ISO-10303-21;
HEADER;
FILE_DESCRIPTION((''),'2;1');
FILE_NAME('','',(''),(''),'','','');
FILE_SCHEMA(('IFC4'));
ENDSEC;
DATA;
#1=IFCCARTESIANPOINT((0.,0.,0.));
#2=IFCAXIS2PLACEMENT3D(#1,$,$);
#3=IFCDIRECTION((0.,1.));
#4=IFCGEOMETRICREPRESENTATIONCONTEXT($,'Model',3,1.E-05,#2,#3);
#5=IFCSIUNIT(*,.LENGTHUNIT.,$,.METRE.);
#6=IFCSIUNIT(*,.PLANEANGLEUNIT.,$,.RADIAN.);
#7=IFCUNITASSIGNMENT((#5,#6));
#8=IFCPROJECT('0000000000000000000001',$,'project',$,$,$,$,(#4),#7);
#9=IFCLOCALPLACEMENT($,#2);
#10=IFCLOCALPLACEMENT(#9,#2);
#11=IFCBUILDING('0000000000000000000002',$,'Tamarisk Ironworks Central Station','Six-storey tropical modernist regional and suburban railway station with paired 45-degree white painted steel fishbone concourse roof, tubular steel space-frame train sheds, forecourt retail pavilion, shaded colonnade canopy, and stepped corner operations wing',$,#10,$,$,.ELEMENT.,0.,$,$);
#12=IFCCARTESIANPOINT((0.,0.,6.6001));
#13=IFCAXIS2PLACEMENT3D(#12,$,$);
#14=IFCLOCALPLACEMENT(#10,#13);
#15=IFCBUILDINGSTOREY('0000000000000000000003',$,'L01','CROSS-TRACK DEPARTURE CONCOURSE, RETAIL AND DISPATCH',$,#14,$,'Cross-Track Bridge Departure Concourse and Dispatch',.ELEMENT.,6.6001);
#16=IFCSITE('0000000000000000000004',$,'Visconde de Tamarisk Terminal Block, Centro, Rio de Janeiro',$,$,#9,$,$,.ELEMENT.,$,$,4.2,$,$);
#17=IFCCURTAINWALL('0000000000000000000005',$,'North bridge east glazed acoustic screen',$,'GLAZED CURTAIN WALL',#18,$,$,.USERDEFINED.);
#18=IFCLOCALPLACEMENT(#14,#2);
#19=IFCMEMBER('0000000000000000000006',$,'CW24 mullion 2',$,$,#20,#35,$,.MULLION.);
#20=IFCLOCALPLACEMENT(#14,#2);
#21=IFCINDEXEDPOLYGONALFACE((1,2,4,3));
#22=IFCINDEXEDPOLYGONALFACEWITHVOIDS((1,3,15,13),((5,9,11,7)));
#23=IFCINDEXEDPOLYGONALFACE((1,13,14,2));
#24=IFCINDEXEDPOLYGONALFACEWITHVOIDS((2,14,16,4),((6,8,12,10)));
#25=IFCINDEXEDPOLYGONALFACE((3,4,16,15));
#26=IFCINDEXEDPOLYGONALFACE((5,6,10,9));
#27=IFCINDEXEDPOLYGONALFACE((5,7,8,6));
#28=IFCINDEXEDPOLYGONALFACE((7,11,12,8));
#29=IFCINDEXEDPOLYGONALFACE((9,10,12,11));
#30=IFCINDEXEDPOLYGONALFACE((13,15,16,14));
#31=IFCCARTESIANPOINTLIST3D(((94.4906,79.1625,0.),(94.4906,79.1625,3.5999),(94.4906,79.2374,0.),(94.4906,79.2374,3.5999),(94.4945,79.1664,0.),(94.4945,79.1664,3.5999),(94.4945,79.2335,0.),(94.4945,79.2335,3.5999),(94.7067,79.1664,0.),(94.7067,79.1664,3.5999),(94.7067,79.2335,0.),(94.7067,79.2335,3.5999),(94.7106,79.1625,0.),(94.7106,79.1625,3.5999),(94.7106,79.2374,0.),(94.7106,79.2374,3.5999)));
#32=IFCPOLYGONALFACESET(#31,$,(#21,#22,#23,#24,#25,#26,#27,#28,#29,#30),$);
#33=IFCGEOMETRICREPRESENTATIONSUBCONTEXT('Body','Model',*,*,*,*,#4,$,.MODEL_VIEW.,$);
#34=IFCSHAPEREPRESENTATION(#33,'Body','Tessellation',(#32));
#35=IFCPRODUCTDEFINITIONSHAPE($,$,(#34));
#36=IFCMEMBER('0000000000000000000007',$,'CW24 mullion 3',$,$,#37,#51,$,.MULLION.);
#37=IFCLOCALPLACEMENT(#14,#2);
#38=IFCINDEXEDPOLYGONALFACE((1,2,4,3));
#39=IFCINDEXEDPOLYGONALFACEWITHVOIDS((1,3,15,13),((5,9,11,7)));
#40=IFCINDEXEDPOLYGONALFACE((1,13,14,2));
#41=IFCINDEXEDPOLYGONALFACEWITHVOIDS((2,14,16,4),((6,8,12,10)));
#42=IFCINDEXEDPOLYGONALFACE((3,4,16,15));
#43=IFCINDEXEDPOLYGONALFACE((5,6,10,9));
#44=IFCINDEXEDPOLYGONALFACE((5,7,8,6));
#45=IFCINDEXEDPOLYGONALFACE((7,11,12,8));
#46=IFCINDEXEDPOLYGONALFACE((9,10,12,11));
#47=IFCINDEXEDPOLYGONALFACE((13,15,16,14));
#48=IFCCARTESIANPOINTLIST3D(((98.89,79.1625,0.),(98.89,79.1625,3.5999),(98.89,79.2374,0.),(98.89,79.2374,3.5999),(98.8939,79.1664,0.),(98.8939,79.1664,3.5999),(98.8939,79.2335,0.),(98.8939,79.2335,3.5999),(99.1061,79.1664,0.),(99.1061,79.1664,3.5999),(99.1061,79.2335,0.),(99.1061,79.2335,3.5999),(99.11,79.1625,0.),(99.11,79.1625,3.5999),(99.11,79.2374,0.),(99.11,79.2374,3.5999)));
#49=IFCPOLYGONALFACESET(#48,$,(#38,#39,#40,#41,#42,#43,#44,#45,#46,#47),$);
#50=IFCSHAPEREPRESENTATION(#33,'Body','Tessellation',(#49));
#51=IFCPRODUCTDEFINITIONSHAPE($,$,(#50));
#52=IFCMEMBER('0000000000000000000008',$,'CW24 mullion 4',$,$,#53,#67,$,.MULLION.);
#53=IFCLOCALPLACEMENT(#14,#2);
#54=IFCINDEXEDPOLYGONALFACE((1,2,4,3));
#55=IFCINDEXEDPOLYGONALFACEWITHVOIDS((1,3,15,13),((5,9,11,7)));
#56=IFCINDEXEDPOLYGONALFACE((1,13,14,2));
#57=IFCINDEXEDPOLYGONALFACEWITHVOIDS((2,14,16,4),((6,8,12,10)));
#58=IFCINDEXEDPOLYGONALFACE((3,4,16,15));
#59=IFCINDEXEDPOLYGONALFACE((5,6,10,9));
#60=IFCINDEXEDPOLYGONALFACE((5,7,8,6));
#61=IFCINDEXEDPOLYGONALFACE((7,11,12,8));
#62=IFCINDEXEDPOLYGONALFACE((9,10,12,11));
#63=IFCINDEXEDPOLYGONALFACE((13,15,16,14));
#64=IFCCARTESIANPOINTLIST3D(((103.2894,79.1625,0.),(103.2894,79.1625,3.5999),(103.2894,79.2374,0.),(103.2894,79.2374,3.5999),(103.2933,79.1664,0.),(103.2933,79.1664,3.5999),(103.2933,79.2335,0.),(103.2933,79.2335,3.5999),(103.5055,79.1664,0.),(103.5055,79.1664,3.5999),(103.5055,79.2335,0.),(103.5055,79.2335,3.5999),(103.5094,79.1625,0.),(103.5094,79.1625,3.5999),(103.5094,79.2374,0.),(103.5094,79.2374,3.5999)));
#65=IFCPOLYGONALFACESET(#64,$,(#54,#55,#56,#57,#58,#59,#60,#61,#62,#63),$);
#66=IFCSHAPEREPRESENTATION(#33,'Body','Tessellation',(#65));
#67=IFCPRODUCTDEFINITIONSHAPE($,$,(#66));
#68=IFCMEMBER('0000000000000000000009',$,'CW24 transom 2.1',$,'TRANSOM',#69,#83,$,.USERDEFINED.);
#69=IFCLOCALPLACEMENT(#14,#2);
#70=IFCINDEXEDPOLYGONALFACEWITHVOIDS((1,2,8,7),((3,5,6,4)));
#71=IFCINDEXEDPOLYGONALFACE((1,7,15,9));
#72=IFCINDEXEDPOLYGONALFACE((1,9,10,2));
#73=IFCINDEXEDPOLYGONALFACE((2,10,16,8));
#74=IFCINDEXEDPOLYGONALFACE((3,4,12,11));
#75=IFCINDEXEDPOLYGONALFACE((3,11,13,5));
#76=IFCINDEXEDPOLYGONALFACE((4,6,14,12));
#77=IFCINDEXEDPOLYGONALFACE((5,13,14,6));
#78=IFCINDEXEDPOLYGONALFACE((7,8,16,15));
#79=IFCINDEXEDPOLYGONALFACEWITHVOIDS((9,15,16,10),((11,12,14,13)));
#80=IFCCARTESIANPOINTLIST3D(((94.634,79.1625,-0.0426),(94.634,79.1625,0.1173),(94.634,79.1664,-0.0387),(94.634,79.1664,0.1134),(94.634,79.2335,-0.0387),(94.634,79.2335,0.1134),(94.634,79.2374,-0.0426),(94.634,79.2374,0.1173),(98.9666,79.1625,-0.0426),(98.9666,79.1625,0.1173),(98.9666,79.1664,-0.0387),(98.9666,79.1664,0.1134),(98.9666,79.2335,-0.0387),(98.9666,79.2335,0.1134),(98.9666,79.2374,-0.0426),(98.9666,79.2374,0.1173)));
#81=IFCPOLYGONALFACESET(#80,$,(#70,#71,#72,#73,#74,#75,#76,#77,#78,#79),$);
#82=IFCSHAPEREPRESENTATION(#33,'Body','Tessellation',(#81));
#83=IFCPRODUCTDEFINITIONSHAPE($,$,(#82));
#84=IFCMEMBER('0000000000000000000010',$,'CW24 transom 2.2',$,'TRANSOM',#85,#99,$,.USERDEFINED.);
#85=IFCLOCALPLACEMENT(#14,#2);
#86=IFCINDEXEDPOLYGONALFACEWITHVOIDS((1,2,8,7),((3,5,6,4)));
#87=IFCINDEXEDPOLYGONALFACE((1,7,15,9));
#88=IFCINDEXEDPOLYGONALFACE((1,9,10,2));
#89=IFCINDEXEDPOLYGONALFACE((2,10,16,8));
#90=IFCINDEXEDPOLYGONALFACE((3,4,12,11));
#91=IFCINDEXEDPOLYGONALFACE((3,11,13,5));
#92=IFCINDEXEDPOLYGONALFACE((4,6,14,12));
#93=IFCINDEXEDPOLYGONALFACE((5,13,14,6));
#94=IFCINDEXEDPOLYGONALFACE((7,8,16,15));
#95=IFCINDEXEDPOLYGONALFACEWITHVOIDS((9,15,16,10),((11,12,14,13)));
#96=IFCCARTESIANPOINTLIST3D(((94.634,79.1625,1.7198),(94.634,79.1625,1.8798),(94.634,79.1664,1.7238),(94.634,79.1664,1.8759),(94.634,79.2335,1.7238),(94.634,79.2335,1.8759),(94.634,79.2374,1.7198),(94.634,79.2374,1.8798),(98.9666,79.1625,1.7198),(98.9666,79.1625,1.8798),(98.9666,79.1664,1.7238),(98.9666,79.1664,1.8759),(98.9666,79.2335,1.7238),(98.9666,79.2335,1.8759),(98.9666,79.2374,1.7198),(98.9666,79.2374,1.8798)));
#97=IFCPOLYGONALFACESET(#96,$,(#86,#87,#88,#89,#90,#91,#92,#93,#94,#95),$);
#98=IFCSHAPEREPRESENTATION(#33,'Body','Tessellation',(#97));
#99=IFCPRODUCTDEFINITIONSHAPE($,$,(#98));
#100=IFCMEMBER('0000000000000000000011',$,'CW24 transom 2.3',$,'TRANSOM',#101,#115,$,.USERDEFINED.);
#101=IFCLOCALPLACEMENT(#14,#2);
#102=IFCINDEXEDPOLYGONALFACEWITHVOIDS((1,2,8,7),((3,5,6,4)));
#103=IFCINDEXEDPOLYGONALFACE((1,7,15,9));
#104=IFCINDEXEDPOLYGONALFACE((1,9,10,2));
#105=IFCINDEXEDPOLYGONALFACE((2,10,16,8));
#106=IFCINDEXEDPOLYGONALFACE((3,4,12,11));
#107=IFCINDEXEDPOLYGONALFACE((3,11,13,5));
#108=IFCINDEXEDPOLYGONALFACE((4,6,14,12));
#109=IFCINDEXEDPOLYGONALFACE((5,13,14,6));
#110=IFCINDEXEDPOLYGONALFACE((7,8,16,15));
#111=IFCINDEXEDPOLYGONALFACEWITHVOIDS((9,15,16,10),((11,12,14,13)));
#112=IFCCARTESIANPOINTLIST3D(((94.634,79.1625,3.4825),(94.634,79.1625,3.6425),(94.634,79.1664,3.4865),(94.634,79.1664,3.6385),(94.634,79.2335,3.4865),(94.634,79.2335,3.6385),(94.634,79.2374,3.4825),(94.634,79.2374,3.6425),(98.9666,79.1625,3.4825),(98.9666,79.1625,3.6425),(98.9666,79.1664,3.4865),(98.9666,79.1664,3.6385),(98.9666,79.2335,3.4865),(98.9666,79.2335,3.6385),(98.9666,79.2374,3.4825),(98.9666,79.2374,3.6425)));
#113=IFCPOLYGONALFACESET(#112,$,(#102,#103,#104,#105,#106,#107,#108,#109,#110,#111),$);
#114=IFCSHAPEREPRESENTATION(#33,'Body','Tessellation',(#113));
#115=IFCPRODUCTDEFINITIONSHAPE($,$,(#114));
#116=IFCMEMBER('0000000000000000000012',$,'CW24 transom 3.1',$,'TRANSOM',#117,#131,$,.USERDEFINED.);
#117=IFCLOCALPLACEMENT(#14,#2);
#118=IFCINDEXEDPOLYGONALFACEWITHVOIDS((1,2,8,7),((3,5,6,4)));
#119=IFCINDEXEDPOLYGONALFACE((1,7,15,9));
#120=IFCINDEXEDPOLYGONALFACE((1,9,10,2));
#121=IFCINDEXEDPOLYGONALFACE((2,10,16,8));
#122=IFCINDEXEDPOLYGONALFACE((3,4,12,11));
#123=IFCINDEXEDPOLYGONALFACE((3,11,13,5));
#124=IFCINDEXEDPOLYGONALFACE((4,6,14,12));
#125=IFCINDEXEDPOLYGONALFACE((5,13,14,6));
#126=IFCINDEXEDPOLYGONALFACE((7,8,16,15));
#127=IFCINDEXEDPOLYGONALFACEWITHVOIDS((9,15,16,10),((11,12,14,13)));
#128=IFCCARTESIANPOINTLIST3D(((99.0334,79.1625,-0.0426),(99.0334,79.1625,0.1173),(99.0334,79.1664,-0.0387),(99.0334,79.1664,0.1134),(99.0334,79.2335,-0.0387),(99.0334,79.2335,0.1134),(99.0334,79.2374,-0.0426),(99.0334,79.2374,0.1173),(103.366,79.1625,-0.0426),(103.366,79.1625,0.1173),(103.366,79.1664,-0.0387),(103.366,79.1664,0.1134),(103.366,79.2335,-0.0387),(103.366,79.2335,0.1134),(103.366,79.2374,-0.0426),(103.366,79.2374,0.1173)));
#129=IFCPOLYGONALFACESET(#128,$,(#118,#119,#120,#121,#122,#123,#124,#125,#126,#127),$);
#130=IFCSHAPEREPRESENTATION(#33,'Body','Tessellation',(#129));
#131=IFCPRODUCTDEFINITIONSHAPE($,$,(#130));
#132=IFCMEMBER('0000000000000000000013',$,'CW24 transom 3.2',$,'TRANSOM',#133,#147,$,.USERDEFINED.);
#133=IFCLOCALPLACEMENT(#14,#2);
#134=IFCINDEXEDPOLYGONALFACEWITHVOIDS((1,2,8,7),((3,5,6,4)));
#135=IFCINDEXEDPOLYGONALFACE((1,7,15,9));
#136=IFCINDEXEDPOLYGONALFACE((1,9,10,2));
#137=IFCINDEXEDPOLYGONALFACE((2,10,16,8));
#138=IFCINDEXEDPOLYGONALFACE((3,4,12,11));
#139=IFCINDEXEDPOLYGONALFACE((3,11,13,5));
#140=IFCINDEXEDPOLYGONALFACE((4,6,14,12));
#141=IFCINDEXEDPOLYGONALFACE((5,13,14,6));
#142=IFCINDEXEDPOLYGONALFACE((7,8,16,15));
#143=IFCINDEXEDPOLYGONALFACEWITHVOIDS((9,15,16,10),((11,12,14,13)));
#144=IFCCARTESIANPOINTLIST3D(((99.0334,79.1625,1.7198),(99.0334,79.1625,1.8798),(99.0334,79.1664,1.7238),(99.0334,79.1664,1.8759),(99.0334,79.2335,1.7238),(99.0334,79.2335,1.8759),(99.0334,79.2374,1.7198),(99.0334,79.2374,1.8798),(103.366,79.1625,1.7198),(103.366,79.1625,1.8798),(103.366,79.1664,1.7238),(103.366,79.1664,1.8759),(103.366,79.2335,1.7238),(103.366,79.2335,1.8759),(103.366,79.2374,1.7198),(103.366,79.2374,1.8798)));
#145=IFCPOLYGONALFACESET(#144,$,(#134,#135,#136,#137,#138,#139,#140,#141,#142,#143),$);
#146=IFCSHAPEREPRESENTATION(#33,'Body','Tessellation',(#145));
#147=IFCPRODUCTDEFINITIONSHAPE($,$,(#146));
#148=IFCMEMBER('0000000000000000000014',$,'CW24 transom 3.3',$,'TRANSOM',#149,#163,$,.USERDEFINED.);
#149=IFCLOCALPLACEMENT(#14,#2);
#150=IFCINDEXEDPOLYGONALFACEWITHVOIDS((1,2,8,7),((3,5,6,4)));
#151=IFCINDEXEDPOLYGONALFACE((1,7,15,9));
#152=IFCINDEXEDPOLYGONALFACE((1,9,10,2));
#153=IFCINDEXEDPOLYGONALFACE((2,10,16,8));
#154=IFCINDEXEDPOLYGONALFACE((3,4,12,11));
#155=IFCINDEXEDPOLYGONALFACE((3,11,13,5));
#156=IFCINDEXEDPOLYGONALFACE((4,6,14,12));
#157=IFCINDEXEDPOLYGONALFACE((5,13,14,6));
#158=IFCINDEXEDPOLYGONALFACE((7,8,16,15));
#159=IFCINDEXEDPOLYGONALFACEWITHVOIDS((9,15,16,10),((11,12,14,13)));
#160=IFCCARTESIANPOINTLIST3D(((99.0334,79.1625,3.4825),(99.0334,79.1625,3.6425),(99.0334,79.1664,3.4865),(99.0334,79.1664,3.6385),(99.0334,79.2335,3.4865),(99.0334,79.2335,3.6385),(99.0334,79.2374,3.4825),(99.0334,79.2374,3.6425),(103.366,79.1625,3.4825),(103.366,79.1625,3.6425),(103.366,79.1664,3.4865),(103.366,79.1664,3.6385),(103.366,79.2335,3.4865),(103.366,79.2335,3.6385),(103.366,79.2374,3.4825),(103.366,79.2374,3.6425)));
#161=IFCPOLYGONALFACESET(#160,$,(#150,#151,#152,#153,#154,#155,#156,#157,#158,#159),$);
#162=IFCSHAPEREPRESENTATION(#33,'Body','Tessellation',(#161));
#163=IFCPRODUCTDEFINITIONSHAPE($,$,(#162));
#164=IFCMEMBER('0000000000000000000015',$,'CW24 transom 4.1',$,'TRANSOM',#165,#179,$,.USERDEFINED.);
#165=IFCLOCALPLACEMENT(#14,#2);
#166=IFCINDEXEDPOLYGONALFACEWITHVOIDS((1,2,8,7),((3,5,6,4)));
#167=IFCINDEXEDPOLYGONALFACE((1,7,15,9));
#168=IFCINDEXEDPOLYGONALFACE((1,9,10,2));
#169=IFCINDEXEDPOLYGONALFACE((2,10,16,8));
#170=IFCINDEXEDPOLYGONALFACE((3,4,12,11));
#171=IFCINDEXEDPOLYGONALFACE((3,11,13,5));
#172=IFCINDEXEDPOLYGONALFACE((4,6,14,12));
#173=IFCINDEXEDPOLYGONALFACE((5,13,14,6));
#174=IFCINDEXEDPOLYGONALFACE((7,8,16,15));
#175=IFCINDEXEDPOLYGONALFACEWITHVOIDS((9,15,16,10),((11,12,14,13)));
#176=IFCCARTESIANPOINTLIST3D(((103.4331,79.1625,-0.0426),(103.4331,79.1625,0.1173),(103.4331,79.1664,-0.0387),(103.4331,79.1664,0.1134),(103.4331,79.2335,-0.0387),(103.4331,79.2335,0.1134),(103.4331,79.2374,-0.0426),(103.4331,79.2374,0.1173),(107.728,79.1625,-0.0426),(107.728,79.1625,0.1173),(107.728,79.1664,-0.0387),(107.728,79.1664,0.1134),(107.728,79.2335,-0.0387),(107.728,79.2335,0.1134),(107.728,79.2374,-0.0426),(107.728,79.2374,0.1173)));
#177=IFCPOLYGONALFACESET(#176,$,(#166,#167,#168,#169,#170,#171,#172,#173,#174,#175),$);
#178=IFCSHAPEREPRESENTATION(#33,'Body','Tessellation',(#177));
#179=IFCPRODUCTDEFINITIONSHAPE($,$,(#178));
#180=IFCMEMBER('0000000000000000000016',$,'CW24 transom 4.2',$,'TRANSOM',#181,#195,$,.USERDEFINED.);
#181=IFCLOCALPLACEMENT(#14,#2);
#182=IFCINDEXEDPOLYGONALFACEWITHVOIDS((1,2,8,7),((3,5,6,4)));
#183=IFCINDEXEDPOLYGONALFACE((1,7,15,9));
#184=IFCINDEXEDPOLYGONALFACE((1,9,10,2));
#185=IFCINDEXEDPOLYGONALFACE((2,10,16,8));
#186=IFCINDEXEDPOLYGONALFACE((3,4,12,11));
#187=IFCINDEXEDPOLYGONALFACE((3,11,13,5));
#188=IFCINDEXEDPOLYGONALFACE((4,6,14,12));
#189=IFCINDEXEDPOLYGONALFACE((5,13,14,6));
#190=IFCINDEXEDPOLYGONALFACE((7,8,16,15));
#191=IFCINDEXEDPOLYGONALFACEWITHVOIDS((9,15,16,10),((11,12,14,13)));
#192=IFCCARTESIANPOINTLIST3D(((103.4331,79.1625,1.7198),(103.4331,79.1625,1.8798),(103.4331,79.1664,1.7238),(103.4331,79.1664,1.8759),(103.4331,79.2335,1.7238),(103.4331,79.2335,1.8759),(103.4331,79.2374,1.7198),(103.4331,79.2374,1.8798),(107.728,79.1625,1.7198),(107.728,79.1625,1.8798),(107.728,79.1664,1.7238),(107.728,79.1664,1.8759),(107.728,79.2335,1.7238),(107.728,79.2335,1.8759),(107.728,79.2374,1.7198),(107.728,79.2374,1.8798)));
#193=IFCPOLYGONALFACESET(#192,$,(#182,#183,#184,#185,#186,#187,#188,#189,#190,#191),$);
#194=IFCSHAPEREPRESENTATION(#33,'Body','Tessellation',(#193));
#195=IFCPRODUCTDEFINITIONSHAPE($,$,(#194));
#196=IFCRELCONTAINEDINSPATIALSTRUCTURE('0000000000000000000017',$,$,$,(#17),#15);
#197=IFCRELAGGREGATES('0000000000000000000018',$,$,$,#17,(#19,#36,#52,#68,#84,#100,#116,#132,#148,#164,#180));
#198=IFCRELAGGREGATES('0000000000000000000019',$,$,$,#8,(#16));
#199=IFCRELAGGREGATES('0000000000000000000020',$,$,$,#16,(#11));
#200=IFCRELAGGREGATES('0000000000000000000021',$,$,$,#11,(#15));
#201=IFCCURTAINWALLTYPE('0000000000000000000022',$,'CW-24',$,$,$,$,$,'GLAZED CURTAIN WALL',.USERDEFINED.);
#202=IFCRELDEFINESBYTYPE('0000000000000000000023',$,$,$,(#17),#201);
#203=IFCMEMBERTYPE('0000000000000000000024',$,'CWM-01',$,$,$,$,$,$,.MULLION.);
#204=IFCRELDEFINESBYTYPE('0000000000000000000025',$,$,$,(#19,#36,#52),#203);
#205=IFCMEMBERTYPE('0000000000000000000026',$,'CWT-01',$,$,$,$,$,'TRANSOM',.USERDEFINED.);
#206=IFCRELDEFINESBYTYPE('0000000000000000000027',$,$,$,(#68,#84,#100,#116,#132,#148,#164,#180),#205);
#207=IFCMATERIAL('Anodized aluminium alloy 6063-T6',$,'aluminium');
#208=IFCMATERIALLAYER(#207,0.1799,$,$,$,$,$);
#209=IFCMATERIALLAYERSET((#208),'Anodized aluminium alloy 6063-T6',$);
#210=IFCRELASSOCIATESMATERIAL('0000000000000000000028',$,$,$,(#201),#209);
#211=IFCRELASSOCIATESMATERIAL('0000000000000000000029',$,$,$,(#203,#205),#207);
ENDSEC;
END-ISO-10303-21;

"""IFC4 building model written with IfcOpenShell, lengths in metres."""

from ifc_helpers import new_model, si_unit, direction, frame, origin, origin_2d, place, context, subcontext, project, spatial, hollow_rectangle, extrude, material, layer, layer_set, material_profile, profile_set, type_object, element, aggregate, save


model = new_model("IFC4")

# Units and contexts
model_context = context("Model", 3, precision=1e-05, world=origin(), true_north=direction((0.0, 1.0)))
body_context = subcontext(model_context, "Body", "Model", "MODEL_VIEW")
ifc_project = project(units=[si_unit("LENGTHUNIT", "METRE"), si_unit("PLANEANGLEUNIT", "RADIAN")], contexts=[model_context])

# Site, building, storey
site_placement = place(None, origin())
site = spatial("IfcSite", under=ifc_project, at=site_placement, Name="Visconde de Tamarisk Terminal Block, Centro, Rio de Janeiro", CompositionType="ELEMENT", RefElevation=4.2)
building_placement = place(site_placement, origin())
building = spatial("IfcBuilding", under=site, at=building_placement, Name="Tamarisk Ironworks Central Station", Description="Six-storey tropical modernist regional and suburban railway station with paired 45-degree white painted steel fishbone concourse roof, tubular steel space-frame train sheds, forecourt retail pavilion, shaded colonnade canopy, and stepped corner operations wing", CompositionType="ELEMENT", ElevationOfRefHeight=0.0)
storey_placement = place(building_placement, frame((0.0, 0.0, 6.6001)))
storey = spatial("IfcBuildingStorey", under=building, at=storey_placement, Name="L01", Description="CROSS-TRACK DEPARTURE CONCOURSE, RETAIL AND DISPATCH", LongName="Cross-Track Bridge Departure Concourse and Dispatch", CompositionType="ELEMENT", Elevation=6.6001)

# Curtain wall, members
ifc_material_1 = material(Name="Anodized aluminium alloy 6063-T6", Category="aluminium")
ifc_layer_1 = layer(ifc_material_1, 0.1799)
ifc_layer_set_1 = layer_set([ifc_layer_1], Name="Anodized aluminium alloy 6063-T6")
curtain_wall_type = type_object("IfcCurtainWallType", Name="CW-24", ElementType="GLAZED CURTAIN WALL", PredefinedType="USERDEFINED", material=ifc_layer_set_1)
curtain_wall_placement = place(storey_placement, origin())
curtain_wall = element("IfcCurtainWall", 1, at=curtain_wall_placement, inside=storey, type_object=curtain_wall_type, Name="North bridge east glazed acoustic screen", ObjectType="GLAZED CURTAIN WALL", PredefinedType="USERDEFINED")
ifc_material_profile_1 = material_profile(ifc_material_1, hollow_rectangle(XDim=0.075, YDim=0.22, WallThickness=0.0039, at=origin_2d()), Name="ALUM 220x75")
ifc_profile_set_1 = profile_set([ifc_material_profile_1], Name="Anodized aluminium alloy 6063-T6")
member_type_1 = type_object("IfcMemberType", Name="CWM-01", PredefinedType="MULLION", material=ifc_profile_set_1)
member_1_placement = place(storey_placement, frame((94.6006, 79.2, 0.0), z_axis=(0.0, 0.0, 1.0), x_axis=(0.0, 1.0, 0.0)))
member_1 = element("IfcMember", 2, at=member_1_placement, type_object=member_type_1, Name="CW24 mullion 2", PredefinedType="MULLION", context=body_context, shape_type="SweptSolid", body=[
    extrude(hollow_rectangle(XDim=0.075, YDim=0.22, WallThickness=0.0039, at=origin_2d()), origin(), (0.0, 0.0, 1.0), 3.5999),
])
member_2_placement = place(storey_placement, frame((99.0, 79.2, 0.0), z_axis=(0.0, 0.0, 1.0), x_axis=(0.0, 1.0, 0.0)))
member_2 = element("IfcMember", 3, at=member_2_placement, type_object=member_type_1, Name="CW24 mullion 3", PredefinedType="MULLION", context=body_context, shape_type="SweptSolid", body=[
    extrude(hollow_rectangle(XDim=0.075, YDim=0.22, WallThickness=0.0039, at=origin_2d()), origin(), (0.0, 0.0, 1.0), 3.5999),
])
member_3_placement = place(storey_placement, frame((103.3994, 79.2, 0.0), z_axis=(0.0, 0.0, 1.0), x_axis=(0.0, 1.0, 0.0)))
member_3 = element("IfcMember", 4, at=member_3_placement, type_object=member_type_1, Name="CW24 mullion 4", PredefinedType="MULLION", context=body_context, shape_type="SweptSolid", body=[
    extrude(hollow_rectangle(XDim=0.075, YDim=0.22, WallThickness=0.0039, at=origin_2d()), origin(), (0.0, 0.0, 1.0), 3.5999),
])
ifc_material_profile_2 = material_profile(ifc_material_1, hollow_rectangle(XDim=0.075, YDim=0.1599, WallThickness=0.0039, at=origin_2d()), Name="ALUM 160x75")
ifc_profile_set_2 = profile_set([ifc_material_profile_2], Name="Anodized aluminium alloy 6063-T6")
member_type_2 = type_object("IfcMemberType", Name="CWT-01", ElementType="TRANSOM", PredefinedType="USERDEFINED", material=ifc_profile_set_2)
member_4_placement = place(storey_placement, frame((94.634, 79.2, 0.0374), z_axis=(1.0, 0.0, 0.0), x_axis=(0.0, 1.0, 0.0)))
member_4 = element("IfcMember", 5, at=member_4_placement, type_object=member_type_2, Name="CW24 transom 2.1", ObjectType="TRANSOM", PredefinedType="USERDEFINED", context=body_context, shape_type="SweptSolid", body=[
    extrude(hollow_rectangle(XDim=0.075, YDim=0.1599, WallThickness=0.0039, at=origin_2d()), origin(), (0.0, 0.0, 1.0), 4.3325),
])
member_5_placement = place(storey_placement, frame((94.634, 79.2, 1.7998), z_axis=(1.0, 0.0, 0.0), x_axis=(0.0, 1.0, 0.0)))
member_5 = element("IfcMember", 6, at=member_5_placement, type_object=member_type_2, Name="CW24 transom 2.2", ObjectType="TRANSOM", PredefinedType="USERDEFINED", context=body_context, shape_type="SweptSolid", body=[
    extrude(hollow_rectangle(XDim=0.075, YDim=0.1599, WallThickness=0.0039, at=origin_2d()), origin(), (0.0, 0.0, 1.0), 4.3325),
])
member_6_placement = place(storey_placement, frame((94.634, 79.2, 3.5625), z_axis=(1.0, 0.0, 0.0), x_axis=(0.0, 1.0, 0.0)))
member_6 = element("IfcMember", 7, at=member_6_placement, type_object=member_type_2, Name="CW24 transom 2.3", ObjectType="TRANSOM", PredefinedType="USERDEFINED", context=body_context, shape_type="SweptSolid", body=[
    extrude(hollow_rectangle(XDim=0.075, YDim=0.1599, WallThickness=0.0039, at=origin_2d()), origin(), (0.0, 0.0, 1.0), 4.3325),
])
member_7_placement = place(storey_placement, frame((99.0334, 79.2, 0.0374), z_axis=(1.0, 0.0, 0.0), x_axis=(0.0, 1.0, 0.0)))
member_7 = element("IfcMember", 8, at=member_7_placement, type_object=member_type_2, Name="CW24 transom 3.1", ObjectType="TRANSOM", PredefinedType="USERDEFINED", context=body_context, shape_type="SweptSolid", body=[
    extrude(hollow_rectangle(XDim=0.075, YDim=0.1599, WallThickness=0.0039, at=origin_2d()), origin(), (0.0, 0.0, 1.0), 4.3325),
])
member_8_placement = place(storey_placement, frame((99.0334, 79.2, 1.7998), z_axis=(1.0, 0.0, 0.0), x_axis=(0.0, 1.0, 0.0)))
member_8 = element("IfcMember", 9, at=member_8_placement, type_object=member_type_2, Name="CW24 transom 3.2", ObjectType="TRANSOM", PredefinedType="USERDEFINED", context=body_context, shape_type="SweptSolid", body=[
    extrude(hollow_rectangle(XDim=0.075, YDim=0.1599, WallThickness=0.0039, at=origin_2d()), origin(), (0.0, 0.0, 1.0), 4.3325),
])
member_9_placement = place(storey_placement, frame((99.0334, 79.2, 3.5625), z_axis=(1.0, 0.0, 0.0), x_axis=(0.0, 1.0, 0.0)))
member_9 = element("IfcMember", 10, at=member_9_placement, type_object=member_type_2, Name="CW24 transom 3.3", ObjectType="TRANSOM", PredefinedType="USERDEFINED", context=body_context, shape_type="SweptSolid", body=[
    extrude(hollow_rectangle(XDim=0.075, YDim=0.1599, WallThickness=0.0039, at=origin_2d()), origin(), (0.0, 0.0, 1.0), 4.3325),
])
member_10_placement = place(storey_placement, frame((103.4331, 79.2, 0.0374), z_axis=(1.0, 0.0, 0.0), x_axis=(0.0, 1.0, 0.0)))
member_10 = element("IfcMember", 11, at=member_10_placement, type_object=member_type_2, Name="CW24 transom 4.1", ObjectType="TRANSOM", PredefinedType="USERDEFINED", context=body_context, shape_type="SweptSolid", body=[
    extrude(hollow_rectangle(XDim=0.075, YDim=0.1599, WallThickness=0.0039, at=origin_2d()), origin(), (0.0, 0.0, 1.0), 4.2949),
])
member_11_placement = place(storey_placement, frame((103.4331, 79.2, 1.7998), z_axis=(1.0, 0.0, 0.0), x_axis=(0.0, 1.0, 0.0)))
member_11 = element("IfcMember", 12, at=member_11_placement, type_object=member_type_2, Name="CW24 transom 4.2", ObjectType="TRANSOM", PredefinedType="USERDEFINED", context=body_context, shape_type="SweptSolid", body=[
    extrude(hollow_rectangle(XDim=0.075, YDim=0.1599, WallThickness=0.0039, at=origin_2d()), origin(), (0.0, 0.0, 1.0), 4.2949),
])
aggregate(curtain_wall, [member_1, member_2, member_3, member_4, member_5, member_6, member_7, member_8, member_9, member_10, member_11])

save(model, "model.ifc")
